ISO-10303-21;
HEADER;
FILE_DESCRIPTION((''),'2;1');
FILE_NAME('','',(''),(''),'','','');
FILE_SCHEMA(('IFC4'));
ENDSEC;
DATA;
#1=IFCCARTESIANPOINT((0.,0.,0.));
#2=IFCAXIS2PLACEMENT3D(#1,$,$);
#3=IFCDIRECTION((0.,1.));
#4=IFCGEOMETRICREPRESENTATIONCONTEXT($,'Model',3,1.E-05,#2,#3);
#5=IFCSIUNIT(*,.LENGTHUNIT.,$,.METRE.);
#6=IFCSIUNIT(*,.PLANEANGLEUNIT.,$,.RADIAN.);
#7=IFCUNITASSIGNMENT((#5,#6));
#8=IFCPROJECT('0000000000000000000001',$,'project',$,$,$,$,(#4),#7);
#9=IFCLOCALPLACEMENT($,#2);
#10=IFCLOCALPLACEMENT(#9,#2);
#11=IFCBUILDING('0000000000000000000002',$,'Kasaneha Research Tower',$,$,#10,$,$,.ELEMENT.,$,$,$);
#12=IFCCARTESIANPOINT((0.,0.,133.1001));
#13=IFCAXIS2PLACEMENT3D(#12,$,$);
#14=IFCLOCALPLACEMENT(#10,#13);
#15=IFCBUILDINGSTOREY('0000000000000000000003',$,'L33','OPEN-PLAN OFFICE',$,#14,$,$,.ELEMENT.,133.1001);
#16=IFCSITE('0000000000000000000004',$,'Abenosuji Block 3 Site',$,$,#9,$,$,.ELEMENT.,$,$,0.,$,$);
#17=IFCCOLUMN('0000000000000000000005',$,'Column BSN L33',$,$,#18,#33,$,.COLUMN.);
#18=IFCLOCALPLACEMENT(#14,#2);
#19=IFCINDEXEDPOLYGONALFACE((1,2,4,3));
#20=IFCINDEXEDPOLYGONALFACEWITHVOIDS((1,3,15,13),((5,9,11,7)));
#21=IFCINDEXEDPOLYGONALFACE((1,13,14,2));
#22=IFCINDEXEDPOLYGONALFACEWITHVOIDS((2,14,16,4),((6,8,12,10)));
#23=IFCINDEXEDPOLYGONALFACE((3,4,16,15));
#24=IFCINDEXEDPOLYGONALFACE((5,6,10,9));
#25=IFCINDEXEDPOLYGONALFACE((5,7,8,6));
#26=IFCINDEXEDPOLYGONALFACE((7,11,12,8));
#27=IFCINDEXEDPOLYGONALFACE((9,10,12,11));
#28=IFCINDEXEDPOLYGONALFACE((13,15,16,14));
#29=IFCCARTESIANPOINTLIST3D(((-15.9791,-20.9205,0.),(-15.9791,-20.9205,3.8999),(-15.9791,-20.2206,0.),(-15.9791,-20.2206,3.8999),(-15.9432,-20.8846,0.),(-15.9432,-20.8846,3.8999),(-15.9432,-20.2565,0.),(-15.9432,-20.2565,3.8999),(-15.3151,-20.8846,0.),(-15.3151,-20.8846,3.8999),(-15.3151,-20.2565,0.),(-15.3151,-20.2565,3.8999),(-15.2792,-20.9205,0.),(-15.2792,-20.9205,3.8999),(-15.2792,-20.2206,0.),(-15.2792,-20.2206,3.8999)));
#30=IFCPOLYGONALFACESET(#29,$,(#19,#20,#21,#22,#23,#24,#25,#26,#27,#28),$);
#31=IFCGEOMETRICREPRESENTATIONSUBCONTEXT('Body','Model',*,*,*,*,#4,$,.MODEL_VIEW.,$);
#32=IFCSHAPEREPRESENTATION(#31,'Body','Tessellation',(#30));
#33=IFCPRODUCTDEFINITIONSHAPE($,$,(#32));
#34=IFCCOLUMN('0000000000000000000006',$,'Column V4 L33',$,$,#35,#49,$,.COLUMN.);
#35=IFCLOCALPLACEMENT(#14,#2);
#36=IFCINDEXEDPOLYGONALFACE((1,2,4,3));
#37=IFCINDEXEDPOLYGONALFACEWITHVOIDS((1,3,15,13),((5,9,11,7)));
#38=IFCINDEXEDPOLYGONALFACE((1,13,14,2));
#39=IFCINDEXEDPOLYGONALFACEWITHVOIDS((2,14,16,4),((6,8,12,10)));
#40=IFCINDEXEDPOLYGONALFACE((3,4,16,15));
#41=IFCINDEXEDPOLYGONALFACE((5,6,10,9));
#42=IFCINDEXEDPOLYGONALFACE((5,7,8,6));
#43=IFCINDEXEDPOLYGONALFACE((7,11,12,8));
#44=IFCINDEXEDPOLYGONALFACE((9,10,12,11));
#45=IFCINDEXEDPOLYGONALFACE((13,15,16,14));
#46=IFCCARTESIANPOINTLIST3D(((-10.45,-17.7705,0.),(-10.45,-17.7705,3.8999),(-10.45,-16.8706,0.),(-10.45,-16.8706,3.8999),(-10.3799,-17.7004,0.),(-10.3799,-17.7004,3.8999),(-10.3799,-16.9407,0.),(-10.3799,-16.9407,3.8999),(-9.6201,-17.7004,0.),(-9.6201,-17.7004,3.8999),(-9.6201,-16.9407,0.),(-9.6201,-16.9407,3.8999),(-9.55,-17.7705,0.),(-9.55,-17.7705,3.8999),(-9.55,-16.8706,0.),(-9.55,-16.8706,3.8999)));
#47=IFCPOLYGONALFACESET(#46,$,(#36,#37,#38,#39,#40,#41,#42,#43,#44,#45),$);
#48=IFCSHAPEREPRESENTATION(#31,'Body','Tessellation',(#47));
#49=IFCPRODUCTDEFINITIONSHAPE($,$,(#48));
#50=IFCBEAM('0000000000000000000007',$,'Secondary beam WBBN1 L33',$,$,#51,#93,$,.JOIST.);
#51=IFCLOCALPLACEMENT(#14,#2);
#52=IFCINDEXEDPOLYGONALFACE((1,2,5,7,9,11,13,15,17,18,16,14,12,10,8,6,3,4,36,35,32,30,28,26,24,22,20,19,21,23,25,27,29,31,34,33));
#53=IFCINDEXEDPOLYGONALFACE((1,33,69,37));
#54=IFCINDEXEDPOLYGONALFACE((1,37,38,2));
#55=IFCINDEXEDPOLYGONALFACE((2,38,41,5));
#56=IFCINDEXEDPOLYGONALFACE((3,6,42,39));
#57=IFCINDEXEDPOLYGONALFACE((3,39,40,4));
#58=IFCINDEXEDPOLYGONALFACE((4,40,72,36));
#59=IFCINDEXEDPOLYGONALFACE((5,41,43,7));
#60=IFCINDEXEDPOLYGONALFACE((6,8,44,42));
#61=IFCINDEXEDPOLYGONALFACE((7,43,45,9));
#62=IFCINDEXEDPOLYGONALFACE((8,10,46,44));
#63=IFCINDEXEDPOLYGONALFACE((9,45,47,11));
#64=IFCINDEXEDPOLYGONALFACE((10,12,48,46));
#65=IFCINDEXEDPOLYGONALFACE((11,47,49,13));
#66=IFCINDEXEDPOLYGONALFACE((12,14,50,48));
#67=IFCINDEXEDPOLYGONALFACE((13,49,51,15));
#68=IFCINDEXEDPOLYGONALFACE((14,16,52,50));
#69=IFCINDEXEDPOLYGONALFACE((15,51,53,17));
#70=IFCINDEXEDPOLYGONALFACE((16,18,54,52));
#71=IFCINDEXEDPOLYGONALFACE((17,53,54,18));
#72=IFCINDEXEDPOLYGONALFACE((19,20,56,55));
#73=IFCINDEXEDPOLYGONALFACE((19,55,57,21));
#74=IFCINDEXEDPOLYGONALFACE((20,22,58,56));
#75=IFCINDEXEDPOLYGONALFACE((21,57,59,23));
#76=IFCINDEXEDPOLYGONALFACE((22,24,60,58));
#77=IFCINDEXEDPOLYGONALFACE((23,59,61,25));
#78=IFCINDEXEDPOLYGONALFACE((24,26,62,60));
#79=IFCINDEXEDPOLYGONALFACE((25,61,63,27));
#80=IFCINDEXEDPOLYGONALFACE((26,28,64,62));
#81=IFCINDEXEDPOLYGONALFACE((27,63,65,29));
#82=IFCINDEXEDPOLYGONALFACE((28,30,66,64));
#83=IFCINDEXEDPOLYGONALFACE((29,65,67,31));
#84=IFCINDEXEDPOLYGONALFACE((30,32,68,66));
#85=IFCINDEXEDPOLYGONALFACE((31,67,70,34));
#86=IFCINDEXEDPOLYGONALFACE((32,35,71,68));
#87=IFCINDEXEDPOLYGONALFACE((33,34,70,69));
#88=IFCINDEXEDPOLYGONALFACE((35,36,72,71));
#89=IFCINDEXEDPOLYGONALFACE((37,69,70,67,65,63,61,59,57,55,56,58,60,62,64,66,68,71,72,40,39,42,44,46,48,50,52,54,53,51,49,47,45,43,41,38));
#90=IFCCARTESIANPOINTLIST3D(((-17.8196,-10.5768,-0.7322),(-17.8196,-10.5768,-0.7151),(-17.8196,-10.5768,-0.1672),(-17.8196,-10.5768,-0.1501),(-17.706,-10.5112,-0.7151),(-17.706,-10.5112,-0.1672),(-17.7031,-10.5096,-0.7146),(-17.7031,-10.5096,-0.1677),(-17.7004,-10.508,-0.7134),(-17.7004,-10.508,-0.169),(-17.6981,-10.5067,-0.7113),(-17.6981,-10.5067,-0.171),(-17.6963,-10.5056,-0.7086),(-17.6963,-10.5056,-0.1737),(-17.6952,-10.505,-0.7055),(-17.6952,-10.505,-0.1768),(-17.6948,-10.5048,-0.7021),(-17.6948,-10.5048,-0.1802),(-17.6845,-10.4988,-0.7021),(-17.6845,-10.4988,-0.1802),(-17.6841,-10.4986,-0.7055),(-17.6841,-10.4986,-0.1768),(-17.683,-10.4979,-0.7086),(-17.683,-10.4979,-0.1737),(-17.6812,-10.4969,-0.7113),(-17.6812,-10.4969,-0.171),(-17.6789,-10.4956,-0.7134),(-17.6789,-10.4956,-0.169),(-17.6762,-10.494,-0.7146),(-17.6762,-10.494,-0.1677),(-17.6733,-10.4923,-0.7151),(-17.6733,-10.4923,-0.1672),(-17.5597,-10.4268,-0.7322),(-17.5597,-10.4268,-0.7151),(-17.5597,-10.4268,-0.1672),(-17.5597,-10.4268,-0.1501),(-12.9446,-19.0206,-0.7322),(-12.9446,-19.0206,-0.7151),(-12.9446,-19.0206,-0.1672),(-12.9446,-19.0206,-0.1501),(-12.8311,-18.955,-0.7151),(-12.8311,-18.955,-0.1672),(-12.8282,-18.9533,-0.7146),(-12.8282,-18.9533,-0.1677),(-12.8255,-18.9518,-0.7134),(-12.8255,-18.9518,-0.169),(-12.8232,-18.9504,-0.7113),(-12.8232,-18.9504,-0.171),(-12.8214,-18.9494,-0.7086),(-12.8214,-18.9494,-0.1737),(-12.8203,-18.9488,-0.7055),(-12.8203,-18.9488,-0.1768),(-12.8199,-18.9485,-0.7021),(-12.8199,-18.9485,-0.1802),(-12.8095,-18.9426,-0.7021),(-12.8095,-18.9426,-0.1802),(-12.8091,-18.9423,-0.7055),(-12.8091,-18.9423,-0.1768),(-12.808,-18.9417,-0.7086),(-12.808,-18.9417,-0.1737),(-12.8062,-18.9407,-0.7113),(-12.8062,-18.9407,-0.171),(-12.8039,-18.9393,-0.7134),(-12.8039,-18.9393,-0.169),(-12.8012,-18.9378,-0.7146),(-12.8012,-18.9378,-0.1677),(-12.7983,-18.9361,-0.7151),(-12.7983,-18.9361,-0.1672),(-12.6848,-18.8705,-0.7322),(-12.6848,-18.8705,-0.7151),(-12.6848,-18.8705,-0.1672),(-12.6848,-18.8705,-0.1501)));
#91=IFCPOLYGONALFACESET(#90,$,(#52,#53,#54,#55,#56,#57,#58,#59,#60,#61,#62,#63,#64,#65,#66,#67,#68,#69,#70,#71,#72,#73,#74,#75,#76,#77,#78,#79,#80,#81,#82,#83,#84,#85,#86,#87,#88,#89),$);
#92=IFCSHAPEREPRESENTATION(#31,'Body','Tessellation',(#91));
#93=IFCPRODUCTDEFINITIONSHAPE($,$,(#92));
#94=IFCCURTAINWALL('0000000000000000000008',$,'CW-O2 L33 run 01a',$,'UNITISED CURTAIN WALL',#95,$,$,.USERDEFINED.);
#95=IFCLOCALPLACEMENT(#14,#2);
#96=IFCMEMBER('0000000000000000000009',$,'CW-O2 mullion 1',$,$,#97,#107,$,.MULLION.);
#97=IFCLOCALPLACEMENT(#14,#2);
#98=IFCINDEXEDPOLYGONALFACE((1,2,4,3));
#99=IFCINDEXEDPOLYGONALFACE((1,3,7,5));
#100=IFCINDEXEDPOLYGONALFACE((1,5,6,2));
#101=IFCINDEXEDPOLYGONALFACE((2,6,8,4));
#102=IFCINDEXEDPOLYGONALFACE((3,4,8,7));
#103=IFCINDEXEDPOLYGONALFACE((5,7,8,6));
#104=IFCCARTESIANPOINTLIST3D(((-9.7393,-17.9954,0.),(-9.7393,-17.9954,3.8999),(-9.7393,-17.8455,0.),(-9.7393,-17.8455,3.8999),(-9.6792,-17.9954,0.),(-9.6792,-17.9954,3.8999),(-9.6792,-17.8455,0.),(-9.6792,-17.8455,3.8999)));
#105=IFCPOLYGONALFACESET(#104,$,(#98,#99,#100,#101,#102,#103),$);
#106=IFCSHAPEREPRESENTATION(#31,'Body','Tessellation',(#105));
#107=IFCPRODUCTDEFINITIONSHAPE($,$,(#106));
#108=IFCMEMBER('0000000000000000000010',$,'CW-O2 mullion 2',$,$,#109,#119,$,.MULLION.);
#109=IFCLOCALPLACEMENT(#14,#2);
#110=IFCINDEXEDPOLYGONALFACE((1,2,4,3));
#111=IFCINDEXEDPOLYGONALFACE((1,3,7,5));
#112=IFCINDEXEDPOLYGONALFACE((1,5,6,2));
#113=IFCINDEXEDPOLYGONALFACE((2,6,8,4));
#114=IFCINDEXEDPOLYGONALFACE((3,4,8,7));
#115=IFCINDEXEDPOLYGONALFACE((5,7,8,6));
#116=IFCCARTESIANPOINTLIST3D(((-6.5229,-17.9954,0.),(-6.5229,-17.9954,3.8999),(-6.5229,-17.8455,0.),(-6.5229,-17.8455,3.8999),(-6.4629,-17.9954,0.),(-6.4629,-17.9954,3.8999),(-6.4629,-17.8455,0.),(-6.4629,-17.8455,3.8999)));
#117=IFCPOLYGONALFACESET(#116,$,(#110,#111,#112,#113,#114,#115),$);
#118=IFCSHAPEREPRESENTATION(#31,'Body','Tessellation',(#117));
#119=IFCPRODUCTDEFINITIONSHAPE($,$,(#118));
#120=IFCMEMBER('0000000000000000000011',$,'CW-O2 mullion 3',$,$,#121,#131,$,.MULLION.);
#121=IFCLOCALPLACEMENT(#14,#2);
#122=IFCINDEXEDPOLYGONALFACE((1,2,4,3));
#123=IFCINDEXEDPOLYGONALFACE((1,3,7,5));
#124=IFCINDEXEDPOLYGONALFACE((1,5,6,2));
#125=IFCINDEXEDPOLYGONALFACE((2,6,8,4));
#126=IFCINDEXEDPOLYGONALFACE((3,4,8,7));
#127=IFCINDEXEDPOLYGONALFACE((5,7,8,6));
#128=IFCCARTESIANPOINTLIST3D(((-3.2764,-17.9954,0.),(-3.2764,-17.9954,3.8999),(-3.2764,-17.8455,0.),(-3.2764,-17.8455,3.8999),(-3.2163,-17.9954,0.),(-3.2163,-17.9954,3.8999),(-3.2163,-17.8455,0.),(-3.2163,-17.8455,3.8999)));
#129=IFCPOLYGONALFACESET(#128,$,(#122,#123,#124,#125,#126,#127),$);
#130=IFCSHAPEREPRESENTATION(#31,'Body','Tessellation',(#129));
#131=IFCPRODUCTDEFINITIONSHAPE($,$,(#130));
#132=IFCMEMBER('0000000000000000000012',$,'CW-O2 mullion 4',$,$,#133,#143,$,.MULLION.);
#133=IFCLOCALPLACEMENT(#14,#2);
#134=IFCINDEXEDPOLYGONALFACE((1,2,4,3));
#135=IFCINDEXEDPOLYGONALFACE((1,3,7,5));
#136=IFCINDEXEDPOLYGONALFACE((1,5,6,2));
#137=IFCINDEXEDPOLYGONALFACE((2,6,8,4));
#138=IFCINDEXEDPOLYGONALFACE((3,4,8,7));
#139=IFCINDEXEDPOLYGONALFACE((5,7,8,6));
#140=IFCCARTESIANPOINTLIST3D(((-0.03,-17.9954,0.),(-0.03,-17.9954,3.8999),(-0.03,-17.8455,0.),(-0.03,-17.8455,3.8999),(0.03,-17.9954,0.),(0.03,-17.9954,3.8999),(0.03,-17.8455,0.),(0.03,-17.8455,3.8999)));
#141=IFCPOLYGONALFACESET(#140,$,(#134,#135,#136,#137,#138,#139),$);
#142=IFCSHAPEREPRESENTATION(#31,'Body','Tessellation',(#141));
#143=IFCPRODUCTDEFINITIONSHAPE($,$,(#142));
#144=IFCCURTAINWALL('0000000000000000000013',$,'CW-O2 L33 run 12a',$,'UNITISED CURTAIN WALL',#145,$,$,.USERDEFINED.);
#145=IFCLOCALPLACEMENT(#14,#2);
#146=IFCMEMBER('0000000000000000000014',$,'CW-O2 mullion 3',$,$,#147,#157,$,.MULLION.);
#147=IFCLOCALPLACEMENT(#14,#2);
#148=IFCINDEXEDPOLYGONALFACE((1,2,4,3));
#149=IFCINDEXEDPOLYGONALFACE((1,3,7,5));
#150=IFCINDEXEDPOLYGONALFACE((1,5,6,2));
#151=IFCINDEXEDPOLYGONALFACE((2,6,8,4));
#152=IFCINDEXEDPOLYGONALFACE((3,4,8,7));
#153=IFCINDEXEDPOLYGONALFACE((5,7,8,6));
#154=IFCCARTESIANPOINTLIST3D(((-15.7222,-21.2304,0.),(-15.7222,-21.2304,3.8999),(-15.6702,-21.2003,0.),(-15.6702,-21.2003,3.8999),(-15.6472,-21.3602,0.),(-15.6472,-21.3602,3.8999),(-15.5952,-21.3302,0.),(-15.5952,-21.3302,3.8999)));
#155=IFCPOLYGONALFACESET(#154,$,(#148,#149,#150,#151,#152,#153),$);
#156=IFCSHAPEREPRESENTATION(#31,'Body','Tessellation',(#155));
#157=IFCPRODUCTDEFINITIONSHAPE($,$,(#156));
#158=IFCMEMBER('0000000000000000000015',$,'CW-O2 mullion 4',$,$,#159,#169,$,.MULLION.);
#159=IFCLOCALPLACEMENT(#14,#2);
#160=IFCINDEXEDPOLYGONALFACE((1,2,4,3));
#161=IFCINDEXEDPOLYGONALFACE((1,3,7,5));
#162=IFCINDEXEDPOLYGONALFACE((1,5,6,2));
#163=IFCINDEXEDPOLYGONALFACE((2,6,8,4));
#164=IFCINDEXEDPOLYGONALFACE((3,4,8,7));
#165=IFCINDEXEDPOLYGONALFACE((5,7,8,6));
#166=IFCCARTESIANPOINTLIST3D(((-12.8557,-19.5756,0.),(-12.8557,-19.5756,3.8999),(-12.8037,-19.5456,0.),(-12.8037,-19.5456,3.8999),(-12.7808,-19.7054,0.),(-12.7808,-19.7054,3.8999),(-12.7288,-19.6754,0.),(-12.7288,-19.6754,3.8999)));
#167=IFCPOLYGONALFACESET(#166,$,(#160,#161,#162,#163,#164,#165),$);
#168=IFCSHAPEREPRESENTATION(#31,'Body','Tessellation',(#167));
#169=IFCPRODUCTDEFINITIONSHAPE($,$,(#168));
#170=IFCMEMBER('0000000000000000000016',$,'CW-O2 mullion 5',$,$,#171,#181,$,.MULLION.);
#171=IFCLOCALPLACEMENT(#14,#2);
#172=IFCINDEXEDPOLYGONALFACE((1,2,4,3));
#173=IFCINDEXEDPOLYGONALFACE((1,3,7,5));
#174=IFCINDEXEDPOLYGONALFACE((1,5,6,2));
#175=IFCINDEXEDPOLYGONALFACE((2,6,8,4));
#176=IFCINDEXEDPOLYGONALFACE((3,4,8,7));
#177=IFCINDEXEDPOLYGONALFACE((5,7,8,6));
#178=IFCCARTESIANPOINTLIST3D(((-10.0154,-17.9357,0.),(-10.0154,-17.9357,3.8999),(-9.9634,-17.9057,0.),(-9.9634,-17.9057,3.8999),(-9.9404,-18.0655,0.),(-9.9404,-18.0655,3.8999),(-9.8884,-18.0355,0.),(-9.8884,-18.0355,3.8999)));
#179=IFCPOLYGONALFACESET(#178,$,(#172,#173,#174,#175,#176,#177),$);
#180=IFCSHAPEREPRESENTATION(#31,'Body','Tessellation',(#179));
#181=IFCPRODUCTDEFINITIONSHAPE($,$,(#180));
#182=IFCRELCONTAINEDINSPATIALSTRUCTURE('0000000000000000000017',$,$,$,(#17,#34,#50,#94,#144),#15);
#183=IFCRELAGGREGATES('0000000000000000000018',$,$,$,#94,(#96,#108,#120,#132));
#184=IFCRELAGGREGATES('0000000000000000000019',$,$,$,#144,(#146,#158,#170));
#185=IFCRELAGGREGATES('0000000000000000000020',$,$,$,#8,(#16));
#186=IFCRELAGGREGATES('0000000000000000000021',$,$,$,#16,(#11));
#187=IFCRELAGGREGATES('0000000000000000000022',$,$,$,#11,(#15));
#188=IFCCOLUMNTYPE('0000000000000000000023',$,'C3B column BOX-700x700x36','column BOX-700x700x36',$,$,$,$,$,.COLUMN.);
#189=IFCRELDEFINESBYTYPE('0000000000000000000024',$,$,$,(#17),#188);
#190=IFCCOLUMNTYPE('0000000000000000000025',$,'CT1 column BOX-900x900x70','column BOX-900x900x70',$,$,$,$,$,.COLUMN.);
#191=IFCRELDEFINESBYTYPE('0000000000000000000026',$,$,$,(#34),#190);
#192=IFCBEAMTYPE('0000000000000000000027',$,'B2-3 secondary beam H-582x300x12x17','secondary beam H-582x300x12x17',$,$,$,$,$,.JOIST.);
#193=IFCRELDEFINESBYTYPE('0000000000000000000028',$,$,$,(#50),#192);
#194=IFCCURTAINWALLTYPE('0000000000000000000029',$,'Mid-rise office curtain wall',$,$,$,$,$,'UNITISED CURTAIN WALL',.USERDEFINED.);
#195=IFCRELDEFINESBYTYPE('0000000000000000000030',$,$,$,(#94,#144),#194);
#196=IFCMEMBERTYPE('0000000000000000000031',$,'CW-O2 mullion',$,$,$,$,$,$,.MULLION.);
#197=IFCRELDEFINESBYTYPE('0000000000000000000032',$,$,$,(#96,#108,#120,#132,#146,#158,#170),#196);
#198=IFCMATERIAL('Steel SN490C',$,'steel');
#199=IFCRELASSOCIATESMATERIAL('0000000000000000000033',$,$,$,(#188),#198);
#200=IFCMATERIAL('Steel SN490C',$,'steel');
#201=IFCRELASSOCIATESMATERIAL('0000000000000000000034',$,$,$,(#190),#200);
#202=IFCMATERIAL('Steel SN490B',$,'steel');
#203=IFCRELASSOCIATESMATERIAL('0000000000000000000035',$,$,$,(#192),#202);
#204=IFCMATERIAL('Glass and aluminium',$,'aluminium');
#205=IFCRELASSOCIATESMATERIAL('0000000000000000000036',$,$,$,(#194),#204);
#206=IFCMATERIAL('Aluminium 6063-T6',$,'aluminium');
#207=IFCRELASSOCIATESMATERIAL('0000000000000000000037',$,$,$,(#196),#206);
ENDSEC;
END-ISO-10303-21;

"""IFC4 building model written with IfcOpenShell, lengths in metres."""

from ifc_helpers import new_model, si_unit, direction, frame, origin, origin_2d, place, context, subcontext, project, spatial, rectangle, hollow_rectangle, i_section, extrude, material, material_profile, profile_set, type_object, element, aggregate, save


model = new_model("IFC4")

# Units and contexts
model_context = context("Model", 3, precision=1e-05, world=origin(), true_north=direction((0.0, 1.0)))
body_context = subcontext(model_context, "Body", "Model", "MODEL_VIEW")
ifc_project = project(units=[si_unit("LENGTHUNIT", "METRE"), si_unit("PLANEANGLEUNIT", "RADIAN")], contexts=[model_context])

# Site, building, storey
site_placement = place(None, origin())
site = spatial("IfcSite", under=ifc_project, at=site_placement, Name="Abenosuji Block 3 Site", CompositionType="ELEMENT", RefElevation=0.0)
building_placement = place(site_placement, origin())
building = spatial("IfcBuilding", under=site, at=building_placement, Name="Kasaneha Research Tower", CompositionType="ELEMENT")
storey_placement = place(building_placement, frame((0.0, 0.0, 133.1001)))
storey = spatial("IfcBuildingStorey", under=building, at=storey_placement, Name="L33", Description="OPEN-PLAN OFFICE", CompositionType="ELEMENT", Elevation=133.1001)

# Columns
ifc_material_1 = material(Name="Steel SN490C", Category="steel")
ifc_material_profile_1 = material_profile(ifc_material_1, hollow_rectangle(XDim=0.7, YDim=0.7, WallThickness=0.0359, at=origin_2d()), Name="BOX-700x700x36")
ifc_profile_set_1 = profile_set([ifc_material_profile_1], Name="Steel SN490C")
column_type_1 = type_object("IfcColumnType", Name="C3B column BOX-700x700x36", Description="column BOX-700x700x36", PredefinedType="COLUMN", material=ifc_profile_set_1)
column_1_placement = place(storey_placement, frame((-15.6292, -20.5706, 0.0), z_axis=(0.0, 0.0, 1.0), x_axis=(1.0, 0.0, 0.0)))
element("IfcColumn", 1, at=column_1_placement, inside=storey, type_object=column_type_1, Name="Column BSN L33", PredefinedType="COLUMN", context=body_context, shape_type="SweptSolid", body=[
    extrude(hollow_rectangle(XDim=0.7, YDim=0.7, WallThickness=0.0359, at=origin_2d()), origin(), (0.0, 0.0, 1.0), 3.8999),
])
ifc_material_2 = material(Name="Steel SN490C", Category="steel")
ifc_material_profile_2 = material_profile(ifc_material_2, hollow_rectangle(XDim=0.8999, YDim=0.8999, WallThickness=0.0701, at=origin_2d()), Name="BOX-900x900x70")
ifc_profile_set_2 = profile_set([ifc_material_profile_2], Name="Steel SN490C")
column_type_2 = type_object("IfcColumnType", Name="CT1 column BOX-900x900x70", Description="column BOX-900x900x70", PredefinedType="COLUMN", material=ifc_profile_set_2)
column_2_placement = place(storey_placement, frame((-10.0, -17.3206, 0.0), z_axis=(0.0, 0.0, 1.0), x_axis=(1.0, 0.0, 0.0)))
element("IfcColumn", 2, at=column_2_placement, inside=storey, type_object=column_type_2, Name="Column V4 L33", PredefinedType="COLUMN", context=body_context, shape_type="SweptSolid", body=[
    extrude(hollow_rectangle(XDim=0.8999, YDim=0.8999, WallThickness=0.0701, at=origin_2d()), origin(), (0.0, 0.0, 1.0), 3.8999),
])

# Beam
ifc_material_3 = material(Name="Steel SN490B", Category="steel")
ifc_material_profile_3 = material_profile(ifc_material_3, i_section(OverallWidth=0.3, OverallDepth=0.582, WebThickness=0.012, FlangeThickness=0.0171, FilletRadius=0.0129, at=origin_2d()), Name="H-582x300x12x17")
ifc_profile_set_3 = profile_set([ifc_material_profile_3], Name="Steel SN490B")
beam_type_1 = type_object("IfcBeamType", Name="B2-3 secondary beam H-582x300x12x17", Description="secondary beam H-582x300x12x17", PredefinedType="JOIST", material=ifc_profile_set_3)
beam_1_placement = place(storey_placement, frame((-12.8147, -18.9456, -0.4412), z_axis=(-0.499996, 0.866028, 0.0), x_axis=(-0.866028, -0.499996, 0.0)))
element("IfcBeam", 3, at=beam_1_placement, inside=storey, type_object=beam_type_1, Name="Secondary beam WBBN1 L33", PredefinedType="JOIST", context=body_context, shape_type="SweptSolid", body=[
    extrude(i_section(OverallWidth=0.3, OverallDepth=0.582, WebThickness=0.012, FlangeThickness=0.0171, FilletRadius=0.0129, at=origin_2d()), origin(), (0.0, 0.0, 1.0), 9.75),
])

# Curtain walls, members
ifc_material_4 = material(Name="Glass and aluminium", Category="aluminium")
curtain_wall_type = type_object("IfcCurtainWallType", Name="Mid-rise office curtain wall", ElementType="UNITISED CURTAIN WALL", PredefinedType="USERDEFINED", material=ifc_material_4)
curtain_wall_1_placement = place(storey_placement, origin())
curtain_wall_1 = element("IfcCurtainWall", 4, at=curtain_wall_1_placement, inside=storey, type_object=curtain_wall_type, Name="CW-O2 L33 run 01a", ObjectType="UNITISED CURTAIN WALL", PredefinedType="USERDEFINED")
ifc_material_5 = material(Name="Aluminium 6063-T6", Category="aluminium")
ifc_material_profile_4 = material_profile(ifc_material_5, rectangle(XDim=0.0601, YDim=0.1499, at=origin_2d()), Name="CW-O2 mullion 60x150")
ifc_profile_set_4 = profile_set([ifc_material_profile_4], Name="Aluminium 6063-T6")
member_type_1 = type_object("IfcMemberType", Name="CW-O2 mullion", PredefinedType="MULLION", material=ifc_profile_set_4)
member_1_placement = place(storey_placement, frame((-9.7092, -17.9204, 0.0), z_axis=(0.0, 0.0, 1.0), x_axis=(1.0, 0.0, 0.0)))
member_1 = element("IfcMember", 5, at=member_1_placement, type_object=member_type_1, Name="CW-O2 mullion 1", PredefinedType="MULLION", context=body_context, shape_type="SweptSolid", body=[
    extrude(rectangle(XDim=0.0601, YDim=0.1499, at=origin_2d()), origin(), (0.0, 0.0, 1.0), 3.8999),
])
member_2_placement = place(storey_placement, frame((-6.4929, -17.9204, 0.0), z_axis=(0.0, 0.0, 1.0), x_axis=(1.0, 0.0, 0.0)))
member_2 = element("IfcMember", 6, at=member_2_placement, type_object=member_type_1, Name="CW-O2 mullion 2", PredefinedType="MULLION", context=body_context, shape_type="SweptSolid", body=[
    extrude(rectangle(XDim=0.0601, YDim=0.1499, at=origin_2d()), origin(), (0.0, 0.0, 1.0), 3.8999),
])
member_3_placement = place(storey_placement, frame((-3.2463, -17.9204, 0.0), z_axis=(0.0, 0.0, 1.0), x_axis=(1.0, 0.0, 0.0)))
member_3 = element("IfcMember", 7, at=member_3_placement, type_object=member_type_1, Name="CW-O2 mullion 3", PredefinedType="MULLION", context=body_context, shape_type="SweptSolid", body=[
    extrude(rectangle(XDim=0.0601, YDim=0.1499, at=origin_2d()), origin(), (0.0, 0.0, 1.0), 3.8999),
])
member_4_placement = place(storey_placement, frame((0.0, -17.9204, 0.0), z_axis=(0.0, 0.0, 1.0), x_axis=(1.0, 0.0, 0.0)))
member_4 = element("IfcMember", 8, at=member_4_placement, type_object=member_type_1, Name="CW-O2 mullion 4", PredefinedType="MULLION", context=body_context, shape_type="SweptSolid", body=[
    extrude(rectangle(XDim=0.0601, YDim=0.1499, at=origin_2d()), origin(), (0.0, 0.0, 1.0), 3.8999),
])
curtain_wall_2_placement = place(storey_placement, origin())
curtain_wall_2 = element("IfcCurtainWall", 9, at=curtain_wall_2_placement, inside=storey, type_object=curtain_wall_type, Name="CW-O2 L33 run 12a", ObjectType="UNITISED CURTAIN WALL", PredefinedType="USERDEFINED")
member_5_placement = place(storey_placement, frame((-15.6587, -21.2803, 0.0), z_axis=(0.0, 0.0, 1.0), x_axis=(0.866025, 0.5, 0.0)))
member_5 = element("IfcMember", 10, at=member_5_placement, type_object=member_type_1, Name="CW-O2 mullion 3", PredefinedType="MULLION", context=body_context, shape_type="SweptSolid", body=[
    extrude(rectangle(XDim=0.0601, YDim=0.1499, at=origin_2d()), origin(), (0.0, 0.0, 1.0), 3.8999),
])
member_6_placement = place(storey_placement, frame((-12.7922, -19.6255, 0.0), z_axis=(0.0, 0.0, 1.0), x_axis=(0.866025, 0.5, 0.0)))
member_6 = element("IfcMember", 11, at=member_6_placement, type_object=member_type_1, Name="CW-O2 mullion 4", PredefinedType="MULLION", context=body_context, shape_type="SweptSolid", body=[
    extrude(rectangle(XDim=0.0601, YDim=0.1499, at=origin_2d()), origin(), (0.0, 0.0, 1.0), 3.8999),
])
member_7_placement = place(storey_placement, frame((-9.9519, -17.9856, 0.0), z_axis=(0.0, 0.0, 1.0), x_axis=(0.866025, 0.5, 0.0)))
member_7 = element("IfcMember", 12, at=member_7_placement, type_object=member_type_1, Name="CW-O2 mullion 5", PredefinedType="MULLION", context=body_context, shape_type="SweptSolid", body=[
    extrude(rectangle(XDim=0.0601, YDim=0.1499, at=origin_2d()), origin(), (0.0, 0.0, 1.0), 3.8999),
])

aggregate(curtain_wall_1, [member_1, member_2, member_3, member_4])
aggregate(curtain_wall_2, [member_5, member_6, member_7])

save(model, "model.ifc")
